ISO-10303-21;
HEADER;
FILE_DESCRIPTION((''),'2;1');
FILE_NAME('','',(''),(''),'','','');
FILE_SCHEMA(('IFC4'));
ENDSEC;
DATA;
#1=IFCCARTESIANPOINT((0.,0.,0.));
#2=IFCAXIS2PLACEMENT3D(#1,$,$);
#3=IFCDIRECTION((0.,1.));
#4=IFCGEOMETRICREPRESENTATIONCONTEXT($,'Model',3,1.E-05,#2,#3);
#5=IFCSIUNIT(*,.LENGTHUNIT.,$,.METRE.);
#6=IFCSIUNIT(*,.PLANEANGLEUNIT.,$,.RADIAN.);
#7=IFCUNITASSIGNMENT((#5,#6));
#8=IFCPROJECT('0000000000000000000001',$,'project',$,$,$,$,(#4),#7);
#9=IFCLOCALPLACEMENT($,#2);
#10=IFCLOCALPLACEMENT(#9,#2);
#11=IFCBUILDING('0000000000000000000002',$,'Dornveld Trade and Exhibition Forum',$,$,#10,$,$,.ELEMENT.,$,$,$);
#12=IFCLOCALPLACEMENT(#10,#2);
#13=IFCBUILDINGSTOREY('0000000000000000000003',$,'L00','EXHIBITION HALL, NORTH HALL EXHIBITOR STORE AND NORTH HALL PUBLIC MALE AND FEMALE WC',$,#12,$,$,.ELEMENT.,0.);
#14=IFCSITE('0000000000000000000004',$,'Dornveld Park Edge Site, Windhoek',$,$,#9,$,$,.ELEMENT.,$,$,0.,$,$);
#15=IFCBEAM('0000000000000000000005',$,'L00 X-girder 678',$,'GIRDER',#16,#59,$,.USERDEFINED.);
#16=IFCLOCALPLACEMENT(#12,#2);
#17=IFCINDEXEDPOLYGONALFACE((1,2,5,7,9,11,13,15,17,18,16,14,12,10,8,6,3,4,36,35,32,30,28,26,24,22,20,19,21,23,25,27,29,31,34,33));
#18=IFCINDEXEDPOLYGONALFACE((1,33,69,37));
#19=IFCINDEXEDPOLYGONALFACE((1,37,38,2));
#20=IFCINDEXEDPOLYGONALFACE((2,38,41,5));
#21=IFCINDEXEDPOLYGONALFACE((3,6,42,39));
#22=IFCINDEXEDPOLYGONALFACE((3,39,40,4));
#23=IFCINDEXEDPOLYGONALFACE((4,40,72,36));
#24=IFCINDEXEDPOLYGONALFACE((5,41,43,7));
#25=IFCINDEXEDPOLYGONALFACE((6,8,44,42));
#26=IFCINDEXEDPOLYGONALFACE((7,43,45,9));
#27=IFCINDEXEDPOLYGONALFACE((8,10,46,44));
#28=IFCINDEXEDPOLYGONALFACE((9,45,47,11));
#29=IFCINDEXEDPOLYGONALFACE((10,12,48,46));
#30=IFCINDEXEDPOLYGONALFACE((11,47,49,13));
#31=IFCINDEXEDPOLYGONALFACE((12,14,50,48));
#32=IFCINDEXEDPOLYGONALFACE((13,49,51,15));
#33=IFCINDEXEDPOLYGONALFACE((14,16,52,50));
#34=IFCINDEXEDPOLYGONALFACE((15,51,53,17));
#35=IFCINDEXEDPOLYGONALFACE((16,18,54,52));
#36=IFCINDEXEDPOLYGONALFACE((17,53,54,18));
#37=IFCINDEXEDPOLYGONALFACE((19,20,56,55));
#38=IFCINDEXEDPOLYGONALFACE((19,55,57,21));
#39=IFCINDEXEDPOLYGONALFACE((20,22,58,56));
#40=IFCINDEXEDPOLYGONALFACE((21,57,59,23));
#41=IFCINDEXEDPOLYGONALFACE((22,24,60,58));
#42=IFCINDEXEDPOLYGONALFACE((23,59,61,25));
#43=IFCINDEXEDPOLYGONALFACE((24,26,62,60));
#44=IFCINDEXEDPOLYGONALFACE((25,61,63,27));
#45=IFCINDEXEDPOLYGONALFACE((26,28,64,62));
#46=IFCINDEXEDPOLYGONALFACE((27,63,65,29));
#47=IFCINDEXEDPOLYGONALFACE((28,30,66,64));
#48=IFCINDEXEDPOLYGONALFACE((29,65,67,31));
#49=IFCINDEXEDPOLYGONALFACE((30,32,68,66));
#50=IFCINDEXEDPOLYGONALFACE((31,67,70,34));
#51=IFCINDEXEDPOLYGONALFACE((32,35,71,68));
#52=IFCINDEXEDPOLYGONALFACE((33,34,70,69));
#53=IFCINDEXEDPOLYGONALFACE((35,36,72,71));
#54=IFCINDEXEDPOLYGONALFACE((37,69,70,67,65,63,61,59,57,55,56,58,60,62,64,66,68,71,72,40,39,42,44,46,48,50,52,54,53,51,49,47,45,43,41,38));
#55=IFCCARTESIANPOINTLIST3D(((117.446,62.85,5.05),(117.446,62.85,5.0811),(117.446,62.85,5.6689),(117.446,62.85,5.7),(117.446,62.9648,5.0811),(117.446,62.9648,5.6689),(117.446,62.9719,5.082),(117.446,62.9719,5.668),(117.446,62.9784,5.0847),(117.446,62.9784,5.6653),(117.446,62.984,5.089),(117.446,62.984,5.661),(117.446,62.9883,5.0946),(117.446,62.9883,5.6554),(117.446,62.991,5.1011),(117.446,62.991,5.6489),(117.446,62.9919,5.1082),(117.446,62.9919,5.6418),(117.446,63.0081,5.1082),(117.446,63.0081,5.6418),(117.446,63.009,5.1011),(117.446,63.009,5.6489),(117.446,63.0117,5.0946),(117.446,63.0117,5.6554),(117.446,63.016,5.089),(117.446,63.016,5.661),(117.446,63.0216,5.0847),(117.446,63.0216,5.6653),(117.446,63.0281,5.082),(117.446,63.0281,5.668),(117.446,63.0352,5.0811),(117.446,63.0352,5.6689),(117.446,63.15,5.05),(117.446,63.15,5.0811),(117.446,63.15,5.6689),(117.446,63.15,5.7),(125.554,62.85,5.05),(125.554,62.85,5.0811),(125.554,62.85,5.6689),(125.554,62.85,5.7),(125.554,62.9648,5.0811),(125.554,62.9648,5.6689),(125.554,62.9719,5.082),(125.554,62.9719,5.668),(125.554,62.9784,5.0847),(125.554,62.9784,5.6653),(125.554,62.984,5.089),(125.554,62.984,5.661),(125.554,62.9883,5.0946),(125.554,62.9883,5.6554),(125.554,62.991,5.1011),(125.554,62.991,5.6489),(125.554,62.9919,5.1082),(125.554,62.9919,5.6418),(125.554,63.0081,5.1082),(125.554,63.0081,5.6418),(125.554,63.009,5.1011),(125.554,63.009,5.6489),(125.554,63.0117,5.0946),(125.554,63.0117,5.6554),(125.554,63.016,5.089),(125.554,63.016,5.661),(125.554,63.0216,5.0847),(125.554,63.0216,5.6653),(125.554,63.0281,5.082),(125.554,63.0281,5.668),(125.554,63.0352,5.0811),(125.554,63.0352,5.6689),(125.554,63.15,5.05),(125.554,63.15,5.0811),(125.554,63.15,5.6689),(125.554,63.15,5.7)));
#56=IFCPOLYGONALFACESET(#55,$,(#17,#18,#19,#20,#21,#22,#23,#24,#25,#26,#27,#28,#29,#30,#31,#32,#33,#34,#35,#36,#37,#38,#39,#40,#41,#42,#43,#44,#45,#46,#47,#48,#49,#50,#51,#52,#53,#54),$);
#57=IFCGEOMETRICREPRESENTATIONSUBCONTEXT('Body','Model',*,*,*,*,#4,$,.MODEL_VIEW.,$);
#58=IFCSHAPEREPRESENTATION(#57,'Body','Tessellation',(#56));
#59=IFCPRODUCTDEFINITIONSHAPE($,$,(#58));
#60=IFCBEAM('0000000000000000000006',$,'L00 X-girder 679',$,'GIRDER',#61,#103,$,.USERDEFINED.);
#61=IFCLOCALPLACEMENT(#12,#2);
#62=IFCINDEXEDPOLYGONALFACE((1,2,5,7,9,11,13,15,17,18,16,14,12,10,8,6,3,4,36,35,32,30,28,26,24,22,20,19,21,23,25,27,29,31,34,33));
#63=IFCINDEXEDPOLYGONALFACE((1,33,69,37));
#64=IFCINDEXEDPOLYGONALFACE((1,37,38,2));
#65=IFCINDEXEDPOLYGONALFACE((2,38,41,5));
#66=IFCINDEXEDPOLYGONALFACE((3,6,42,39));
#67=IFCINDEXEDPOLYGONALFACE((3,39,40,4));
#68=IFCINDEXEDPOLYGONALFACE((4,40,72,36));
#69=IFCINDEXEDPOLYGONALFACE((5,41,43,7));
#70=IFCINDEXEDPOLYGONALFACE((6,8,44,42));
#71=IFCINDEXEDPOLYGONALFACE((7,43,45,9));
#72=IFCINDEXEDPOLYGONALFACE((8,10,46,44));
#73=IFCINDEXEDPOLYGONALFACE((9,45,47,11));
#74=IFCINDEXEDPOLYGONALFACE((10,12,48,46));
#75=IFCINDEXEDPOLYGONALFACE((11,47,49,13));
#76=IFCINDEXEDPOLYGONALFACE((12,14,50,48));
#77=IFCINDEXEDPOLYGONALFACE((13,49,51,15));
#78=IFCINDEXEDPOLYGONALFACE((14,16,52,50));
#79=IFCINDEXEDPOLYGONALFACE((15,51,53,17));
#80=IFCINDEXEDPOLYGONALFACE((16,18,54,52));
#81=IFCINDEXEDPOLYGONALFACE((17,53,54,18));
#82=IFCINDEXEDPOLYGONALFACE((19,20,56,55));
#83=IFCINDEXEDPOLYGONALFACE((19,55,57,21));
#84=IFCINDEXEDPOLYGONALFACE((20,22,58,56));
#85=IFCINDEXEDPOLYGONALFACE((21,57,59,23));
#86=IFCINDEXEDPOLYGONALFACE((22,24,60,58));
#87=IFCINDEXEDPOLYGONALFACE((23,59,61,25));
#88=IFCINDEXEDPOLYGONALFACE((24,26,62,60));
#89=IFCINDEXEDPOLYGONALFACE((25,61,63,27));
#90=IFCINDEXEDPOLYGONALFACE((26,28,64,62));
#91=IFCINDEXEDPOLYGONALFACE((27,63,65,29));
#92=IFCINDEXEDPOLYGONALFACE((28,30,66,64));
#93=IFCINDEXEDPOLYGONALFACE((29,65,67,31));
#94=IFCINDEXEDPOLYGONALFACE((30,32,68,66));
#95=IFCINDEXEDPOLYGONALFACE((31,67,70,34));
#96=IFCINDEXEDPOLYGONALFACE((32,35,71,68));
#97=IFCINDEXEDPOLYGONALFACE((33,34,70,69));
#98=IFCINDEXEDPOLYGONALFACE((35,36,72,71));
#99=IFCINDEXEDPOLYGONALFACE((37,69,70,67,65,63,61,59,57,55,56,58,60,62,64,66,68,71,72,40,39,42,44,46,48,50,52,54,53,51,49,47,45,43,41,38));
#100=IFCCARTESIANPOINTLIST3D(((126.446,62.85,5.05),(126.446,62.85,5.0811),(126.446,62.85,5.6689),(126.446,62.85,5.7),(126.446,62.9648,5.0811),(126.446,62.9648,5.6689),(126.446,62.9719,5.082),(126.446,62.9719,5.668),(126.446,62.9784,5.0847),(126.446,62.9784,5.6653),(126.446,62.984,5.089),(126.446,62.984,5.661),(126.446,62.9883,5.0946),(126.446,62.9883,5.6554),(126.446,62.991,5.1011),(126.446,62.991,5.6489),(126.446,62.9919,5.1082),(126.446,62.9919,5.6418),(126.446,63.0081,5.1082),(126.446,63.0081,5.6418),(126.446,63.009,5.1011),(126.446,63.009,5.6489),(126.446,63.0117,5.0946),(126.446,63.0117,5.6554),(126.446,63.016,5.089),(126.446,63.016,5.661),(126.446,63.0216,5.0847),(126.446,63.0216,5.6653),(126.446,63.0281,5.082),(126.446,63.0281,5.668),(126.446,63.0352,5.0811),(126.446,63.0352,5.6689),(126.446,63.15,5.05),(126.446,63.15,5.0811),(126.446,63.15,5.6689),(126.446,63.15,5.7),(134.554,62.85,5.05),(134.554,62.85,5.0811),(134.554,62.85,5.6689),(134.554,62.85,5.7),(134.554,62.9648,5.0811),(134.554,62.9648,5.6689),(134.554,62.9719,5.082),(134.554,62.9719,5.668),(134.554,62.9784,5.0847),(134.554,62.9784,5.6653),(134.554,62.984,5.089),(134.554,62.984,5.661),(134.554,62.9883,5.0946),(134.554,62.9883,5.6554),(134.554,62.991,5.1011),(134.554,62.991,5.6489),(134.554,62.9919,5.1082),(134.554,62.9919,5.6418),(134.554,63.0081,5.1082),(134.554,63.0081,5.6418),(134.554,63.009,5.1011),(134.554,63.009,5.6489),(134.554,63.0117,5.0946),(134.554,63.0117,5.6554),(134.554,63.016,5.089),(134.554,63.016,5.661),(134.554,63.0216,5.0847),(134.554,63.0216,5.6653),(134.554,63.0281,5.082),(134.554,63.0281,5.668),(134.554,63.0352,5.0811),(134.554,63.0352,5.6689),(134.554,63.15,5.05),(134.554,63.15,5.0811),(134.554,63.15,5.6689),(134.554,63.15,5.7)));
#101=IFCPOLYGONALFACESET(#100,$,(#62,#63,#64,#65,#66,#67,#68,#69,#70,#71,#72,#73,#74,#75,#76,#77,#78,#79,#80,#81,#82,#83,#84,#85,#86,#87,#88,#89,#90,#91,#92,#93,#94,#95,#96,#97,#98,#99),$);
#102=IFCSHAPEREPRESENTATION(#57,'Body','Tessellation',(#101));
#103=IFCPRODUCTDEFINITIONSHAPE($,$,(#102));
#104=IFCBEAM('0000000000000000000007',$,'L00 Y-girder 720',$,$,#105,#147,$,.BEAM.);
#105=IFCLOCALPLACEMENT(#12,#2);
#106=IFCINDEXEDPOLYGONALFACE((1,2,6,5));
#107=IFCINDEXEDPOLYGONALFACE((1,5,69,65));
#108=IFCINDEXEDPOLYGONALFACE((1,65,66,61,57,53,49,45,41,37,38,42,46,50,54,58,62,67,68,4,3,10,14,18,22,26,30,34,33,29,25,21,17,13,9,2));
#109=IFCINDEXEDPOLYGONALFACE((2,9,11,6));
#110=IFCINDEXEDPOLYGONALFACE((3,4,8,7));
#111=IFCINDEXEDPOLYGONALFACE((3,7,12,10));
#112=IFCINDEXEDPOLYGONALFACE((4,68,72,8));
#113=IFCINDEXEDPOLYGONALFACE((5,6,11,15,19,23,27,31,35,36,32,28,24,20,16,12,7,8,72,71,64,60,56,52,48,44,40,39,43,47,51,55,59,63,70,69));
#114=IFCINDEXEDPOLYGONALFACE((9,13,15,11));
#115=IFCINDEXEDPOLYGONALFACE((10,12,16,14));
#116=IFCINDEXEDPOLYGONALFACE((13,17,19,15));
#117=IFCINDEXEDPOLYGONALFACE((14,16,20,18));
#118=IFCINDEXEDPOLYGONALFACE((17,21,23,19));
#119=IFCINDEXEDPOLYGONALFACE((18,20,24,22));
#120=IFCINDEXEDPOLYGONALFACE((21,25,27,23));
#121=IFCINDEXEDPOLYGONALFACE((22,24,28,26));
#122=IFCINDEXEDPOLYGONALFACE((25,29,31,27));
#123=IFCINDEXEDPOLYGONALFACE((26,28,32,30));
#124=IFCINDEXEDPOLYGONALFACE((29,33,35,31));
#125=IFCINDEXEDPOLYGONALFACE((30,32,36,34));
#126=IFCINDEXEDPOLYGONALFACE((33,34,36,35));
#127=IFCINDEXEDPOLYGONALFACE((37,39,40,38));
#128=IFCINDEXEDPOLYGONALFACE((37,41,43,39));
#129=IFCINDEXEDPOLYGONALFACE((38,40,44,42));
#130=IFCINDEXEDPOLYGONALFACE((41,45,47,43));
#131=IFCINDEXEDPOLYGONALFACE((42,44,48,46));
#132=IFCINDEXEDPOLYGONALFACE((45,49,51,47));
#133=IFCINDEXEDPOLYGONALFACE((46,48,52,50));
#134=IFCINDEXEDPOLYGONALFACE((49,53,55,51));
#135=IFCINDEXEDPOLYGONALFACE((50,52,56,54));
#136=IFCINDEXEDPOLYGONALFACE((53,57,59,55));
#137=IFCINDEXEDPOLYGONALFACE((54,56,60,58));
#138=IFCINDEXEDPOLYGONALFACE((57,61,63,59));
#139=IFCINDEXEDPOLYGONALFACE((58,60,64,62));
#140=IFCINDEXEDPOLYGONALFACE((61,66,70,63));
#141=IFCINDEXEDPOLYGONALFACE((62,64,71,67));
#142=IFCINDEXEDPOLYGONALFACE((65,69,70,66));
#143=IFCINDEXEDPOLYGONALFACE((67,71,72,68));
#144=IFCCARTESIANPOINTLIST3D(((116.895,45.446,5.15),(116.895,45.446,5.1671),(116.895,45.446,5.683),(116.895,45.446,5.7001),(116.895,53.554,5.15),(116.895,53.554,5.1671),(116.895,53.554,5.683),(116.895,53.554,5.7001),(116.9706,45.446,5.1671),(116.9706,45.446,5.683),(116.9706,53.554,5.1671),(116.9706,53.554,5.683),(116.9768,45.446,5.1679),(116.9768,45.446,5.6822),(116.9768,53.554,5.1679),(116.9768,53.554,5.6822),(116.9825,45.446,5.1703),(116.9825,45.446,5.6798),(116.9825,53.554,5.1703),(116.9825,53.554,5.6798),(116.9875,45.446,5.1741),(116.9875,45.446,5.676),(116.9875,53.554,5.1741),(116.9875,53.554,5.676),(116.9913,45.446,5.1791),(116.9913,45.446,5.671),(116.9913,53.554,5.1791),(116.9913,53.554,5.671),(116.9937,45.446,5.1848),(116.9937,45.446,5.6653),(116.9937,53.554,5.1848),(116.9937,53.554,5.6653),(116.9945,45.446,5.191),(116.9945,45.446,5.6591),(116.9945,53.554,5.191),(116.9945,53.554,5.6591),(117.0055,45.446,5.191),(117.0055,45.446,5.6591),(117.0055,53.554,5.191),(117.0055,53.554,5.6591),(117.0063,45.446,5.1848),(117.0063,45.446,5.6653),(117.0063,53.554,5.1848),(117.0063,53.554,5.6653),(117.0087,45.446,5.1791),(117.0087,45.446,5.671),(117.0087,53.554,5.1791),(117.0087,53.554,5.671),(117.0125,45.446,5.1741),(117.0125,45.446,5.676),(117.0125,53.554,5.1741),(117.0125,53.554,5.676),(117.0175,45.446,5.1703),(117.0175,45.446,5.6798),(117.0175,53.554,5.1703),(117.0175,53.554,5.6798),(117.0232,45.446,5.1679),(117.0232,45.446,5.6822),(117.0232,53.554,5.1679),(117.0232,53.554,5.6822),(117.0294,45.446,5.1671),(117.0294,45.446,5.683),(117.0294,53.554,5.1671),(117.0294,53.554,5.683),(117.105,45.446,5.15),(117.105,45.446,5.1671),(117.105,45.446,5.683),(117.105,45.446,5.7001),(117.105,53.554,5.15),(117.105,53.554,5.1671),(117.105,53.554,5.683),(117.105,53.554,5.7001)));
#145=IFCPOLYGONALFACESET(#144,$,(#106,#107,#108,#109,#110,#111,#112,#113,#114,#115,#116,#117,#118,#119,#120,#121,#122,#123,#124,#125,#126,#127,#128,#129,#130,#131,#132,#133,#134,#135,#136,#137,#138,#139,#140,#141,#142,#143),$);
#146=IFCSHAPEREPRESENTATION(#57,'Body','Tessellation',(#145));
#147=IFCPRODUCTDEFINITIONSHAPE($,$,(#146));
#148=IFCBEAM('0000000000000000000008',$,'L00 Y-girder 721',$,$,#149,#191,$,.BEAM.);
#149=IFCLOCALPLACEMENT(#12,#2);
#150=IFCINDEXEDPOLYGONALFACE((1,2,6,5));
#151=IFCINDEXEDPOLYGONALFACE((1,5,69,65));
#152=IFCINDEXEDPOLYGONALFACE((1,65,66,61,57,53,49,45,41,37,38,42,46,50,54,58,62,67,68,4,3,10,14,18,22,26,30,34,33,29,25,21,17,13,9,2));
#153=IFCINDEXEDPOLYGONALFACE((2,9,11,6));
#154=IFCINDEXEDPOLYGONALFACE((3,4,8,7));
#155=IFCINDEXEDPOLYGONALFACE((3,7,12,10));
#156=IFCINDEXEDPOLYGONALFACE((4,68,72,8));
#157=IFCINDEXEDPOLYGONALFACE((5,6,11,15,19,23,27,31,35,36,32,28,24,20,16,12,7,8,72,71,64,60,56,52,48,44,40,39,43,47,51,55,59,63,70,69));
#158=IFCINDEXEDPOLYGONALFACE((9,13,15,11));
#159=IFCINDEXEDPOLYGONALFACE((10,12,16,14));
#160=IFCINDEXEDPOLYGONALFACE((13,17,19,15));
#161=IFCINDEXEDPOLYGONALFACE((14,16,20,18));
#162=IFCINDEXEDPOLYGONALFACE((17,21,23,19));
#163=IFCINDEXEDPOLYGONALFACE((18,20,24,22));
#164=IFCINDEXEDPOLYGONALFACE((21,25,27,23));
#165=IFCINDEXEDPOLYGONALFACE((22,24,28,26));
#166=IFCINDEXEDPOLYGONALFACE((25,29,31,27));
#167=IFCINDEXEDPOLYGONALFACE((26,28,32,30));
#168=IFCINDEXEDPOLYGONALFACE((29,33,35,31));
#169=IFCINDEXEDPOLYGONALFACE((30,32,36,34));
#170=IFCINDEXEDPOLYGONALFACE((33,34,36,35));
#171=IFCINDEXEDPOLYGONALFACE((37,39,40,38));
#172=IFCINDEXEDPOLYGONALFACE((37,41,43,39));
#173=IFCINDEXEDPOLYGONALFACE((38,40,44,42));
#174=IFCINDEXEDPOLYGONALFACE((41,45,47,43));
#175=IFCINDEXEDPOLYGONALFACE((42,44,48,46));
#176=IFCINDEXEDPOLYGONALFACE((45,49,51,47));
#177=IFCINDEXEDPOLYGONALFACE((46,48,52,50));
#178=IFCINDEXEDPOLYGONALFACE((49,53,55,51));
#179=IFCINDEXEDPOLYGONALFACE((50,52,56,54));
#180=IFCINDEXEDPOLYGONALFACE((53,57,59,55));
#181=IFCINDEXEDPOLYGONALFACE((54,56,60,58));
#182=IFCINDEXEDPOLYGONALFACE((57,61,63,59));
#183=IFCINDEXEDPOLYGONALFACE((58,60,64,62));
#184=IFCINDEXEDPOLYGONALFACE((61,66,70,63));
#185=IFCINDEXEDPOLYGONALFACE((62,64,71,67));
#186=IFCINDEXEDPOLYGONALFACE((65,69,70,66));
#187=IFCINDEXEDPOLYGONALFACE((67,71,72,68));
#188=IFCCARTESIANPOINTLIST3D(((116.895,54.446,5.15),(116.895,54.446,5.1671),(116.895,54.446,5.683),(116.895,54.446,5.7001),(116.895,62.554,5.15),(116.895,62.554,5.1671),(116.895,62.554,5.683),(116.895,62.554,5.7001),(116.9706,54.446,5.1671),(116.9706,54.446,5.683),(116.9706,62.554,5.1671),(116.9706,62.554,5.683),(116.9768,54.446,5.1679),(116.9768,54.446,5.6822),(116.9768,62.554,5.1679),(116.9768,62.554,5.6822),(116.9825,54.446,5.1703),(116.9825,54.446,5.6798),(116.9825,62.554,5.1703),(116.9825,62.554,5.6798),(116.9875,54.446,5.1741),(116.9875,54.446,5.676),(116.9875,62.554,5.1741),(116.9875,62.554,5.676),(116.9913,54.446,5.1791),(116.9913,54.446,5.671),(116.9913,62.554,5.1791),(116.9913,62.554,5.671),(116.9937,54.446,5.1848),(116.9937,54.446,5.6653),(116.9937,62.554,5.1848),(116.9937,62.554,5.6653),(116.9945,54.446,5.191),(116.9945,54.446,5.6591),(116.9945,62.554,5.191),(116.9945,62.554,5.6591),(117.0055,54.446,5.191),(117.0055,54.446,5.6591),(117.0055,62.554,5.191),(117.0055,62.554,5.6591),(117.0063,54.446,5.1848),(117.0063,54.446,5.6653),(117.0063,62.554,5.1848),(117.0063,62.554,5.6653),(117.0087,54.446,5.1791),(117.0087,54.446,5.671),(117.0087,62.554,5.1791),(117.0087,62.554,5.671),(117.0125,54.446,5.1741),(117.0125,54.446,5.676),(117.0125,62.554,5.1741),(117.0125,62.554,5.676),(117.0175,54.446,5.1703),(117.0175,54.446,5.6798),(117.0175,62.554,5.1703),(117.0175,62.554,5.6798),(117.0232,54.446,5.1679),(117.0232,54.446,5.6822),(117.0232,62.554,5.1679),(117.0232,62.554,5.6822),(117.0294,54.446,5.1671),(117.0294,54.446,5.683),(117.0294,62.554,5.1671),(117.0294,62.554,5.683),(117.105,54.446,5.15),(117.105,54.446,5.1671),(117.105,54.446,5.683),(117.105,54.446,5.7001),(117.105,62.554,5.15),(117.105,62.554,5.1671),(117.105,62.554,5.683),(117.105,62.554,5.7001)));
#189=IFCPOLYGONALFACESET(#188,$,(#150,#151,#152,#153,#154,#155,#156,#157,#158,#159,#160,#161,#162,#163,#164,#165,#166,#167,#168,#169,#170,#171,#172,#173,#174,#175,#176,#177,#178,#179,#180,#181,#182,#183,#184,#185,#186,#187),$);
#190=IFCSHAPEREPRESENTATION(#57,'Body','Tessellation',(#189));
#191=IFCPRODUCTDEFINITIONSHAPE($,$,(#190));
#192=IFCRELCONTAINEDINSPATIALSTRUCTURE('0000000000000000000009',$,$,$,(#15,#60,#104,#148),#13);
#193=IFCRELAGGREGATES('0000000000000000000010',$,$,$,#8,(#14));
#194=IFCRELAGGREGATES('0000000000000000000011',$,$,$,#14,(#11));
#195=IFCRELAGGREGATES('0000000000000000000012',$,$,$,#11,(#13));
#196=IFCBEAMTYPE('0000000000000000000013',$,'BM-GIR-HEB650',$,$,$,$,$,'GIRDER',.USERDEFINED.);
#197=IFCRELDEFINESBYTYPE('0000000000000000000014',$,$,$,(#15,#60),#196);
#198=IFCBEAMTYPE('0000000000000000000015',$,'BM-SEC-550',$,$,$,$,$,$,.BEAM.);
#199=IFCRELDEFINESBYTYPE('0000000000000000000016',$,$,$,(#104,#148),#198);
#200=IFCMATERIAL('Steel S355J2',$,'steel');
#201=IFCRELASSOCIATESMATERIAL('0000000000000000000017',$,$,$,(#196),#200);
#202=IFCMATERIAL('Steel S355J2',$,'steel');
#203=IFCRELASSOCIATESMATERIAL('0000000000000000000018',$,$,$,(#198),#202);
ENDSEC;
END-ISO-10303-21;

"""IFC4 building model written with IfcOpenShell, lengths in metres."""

from ifc_helpers import new_model, si_unit, direction, frame, origin, origin_2d, place, context, subcontext, project, spatial, i_section, extrude, material, material_profile, profile_set, type_object, element, save


model = new_model("IFC4")

# Units and contexts
model_context = context("Model", 3, precision=1e-05, world=origin(), true_north=direction((0.0, 1.0)))
body_context = subcontext(model_context, "Body", "Model", "MODEL_VIEW")
ifc_project = project(units=[si_unit("LENGTHUNIT", "METRE"), si_unit("PLANEANGLEUNIT", "RADIAN")], contexts=[model_context])

# Site, building, storey
site_placement = place(None, origin())
site = spatial("IfcSite", under=ifc_project, at=site_placement, Name="Dornveld Park Edge Site, Windhoek", CompositionType="ELEMENT", RefElevation=0.0)
building_placement = place(site_placement, origin())
building = spatial("IfcBuilding", under=site, at=building_placement, Name="Dornveld Trade and Exhibition Forum", CompositionType="ELEMENT")
storey_placement = place(building_placement, origin())
storey = spatial("IfcBuildingStorey", under=building, at=storey_placement, Name="L00", Description="EXHIBITION HALL, NORTH HALL EXHIBITOR STORE AND NORTH HALL PUBLIC MALE AND FEMALE WC", CompositionType="ELEMENT", Elevation=0.0)

# Beams
ifc_material_1 = material(Name="Steel S355J2", Category="steel")
ifc_material_profile_1 = material_profile(ifc_material_1, i_section(OverallWidth=0.3, OverallDepth=0.6499, WebThickness=0.0161, FlangeThickness=0.031, FilletRadius=0.0271, at=origin_2d()), Name="HEB 650")
ifc_profile_set_1 = profile_set([ifc_material_profile_1], Name="Steel S355J2")
beam_type_1 = type_object("IfcBeamType", Name="BM-GIR-HEB650", ElementType="GIRDER", PredefinedType="USERDEFINED", material=ifc_profile_set_1)
for number, where, z_axis, x_axis, name in (
    (1, (117.446, 63.0, 5.375), (1.0, 0.0, 0.0), (0.0, 1.0, 0.0), "L00 X-girder 678"),
    (2, (126.446, 63.0, 5.375), (1.0, 0.0, 0.0), (0.0, 1.0, 0.0), "L00 X-girder 679"),
):
    element("IfcBeam", number, at=place(storey_placement, frame(where, z_axis=z_axis, x_axis=x_axis)), inside=storey, type_object=beam_type_1, Name=name, ObjectType="GIRDER", PredefinedType="USERDEFINED", context=body_context, shape_type="SweptSolid", body=[
        extrude(i_section(OverallWidth=0.3, OverallDepth=0.6499, WebThickness=0.0161, FlangeThickness=0.031, FilletRadius=0.0271, at=origin_2d()), origin(), (0.0, 0.0, 1.0), 8.1079),
    ])
ifc_material_2 = material(Name="Steel S355J2", Category="steel")
ifc_material_profile_2 = material_profile(ifc_material_2, i_section(OverallWidth=0.21, OverallDepth=0.55, WebThickness=0.011, FlangeThickness=0.0171, FilletRadius=0.0239, at=origin_2d()), Name="IPE 550")
ifc_profile_set_2 = profile_set([ifc_material_profile_2], Name="Steel S355J2")
beam_type_2 = type_object("IfcBeamType", Name="BM-SEC-550", PredefinedType="BEAM", material=ifc_profile_set_2)
for number, where, z_axis, x_axis, name in (
    (3, (117.0, 45.446, 5.425), (0.0, 1.0, 0.0), (-1.0, 0.0, 0.0), "L00 Y-girder 720"),
    (4, (117.0, 54.446, 5.425), (0.0, 1.0, 0.0), (-1.0, 0.0, 0.0), "L00 Y-girder 721"),
):
    element("IfcBeam", number, at=place(storey_placement, frame(where, z_axis=z_axis, x_axis=x_axis)), inside=storey, type_object=beam_type_2, Name=name, PredefinedType="BEAM", context=body_context, shape_type="SweptSolid", body=[
        extrude(i_section(OverallWidth=0.21, OverallDepth=0.55, WebThickness=0.011, FlangeThickness=0.0171, FilletRadius=0.0239, at=origin_2d()), origin(), (0.0, 0.0, 1.0), 8.1079),
    ])

save(model, "model.ifc")
